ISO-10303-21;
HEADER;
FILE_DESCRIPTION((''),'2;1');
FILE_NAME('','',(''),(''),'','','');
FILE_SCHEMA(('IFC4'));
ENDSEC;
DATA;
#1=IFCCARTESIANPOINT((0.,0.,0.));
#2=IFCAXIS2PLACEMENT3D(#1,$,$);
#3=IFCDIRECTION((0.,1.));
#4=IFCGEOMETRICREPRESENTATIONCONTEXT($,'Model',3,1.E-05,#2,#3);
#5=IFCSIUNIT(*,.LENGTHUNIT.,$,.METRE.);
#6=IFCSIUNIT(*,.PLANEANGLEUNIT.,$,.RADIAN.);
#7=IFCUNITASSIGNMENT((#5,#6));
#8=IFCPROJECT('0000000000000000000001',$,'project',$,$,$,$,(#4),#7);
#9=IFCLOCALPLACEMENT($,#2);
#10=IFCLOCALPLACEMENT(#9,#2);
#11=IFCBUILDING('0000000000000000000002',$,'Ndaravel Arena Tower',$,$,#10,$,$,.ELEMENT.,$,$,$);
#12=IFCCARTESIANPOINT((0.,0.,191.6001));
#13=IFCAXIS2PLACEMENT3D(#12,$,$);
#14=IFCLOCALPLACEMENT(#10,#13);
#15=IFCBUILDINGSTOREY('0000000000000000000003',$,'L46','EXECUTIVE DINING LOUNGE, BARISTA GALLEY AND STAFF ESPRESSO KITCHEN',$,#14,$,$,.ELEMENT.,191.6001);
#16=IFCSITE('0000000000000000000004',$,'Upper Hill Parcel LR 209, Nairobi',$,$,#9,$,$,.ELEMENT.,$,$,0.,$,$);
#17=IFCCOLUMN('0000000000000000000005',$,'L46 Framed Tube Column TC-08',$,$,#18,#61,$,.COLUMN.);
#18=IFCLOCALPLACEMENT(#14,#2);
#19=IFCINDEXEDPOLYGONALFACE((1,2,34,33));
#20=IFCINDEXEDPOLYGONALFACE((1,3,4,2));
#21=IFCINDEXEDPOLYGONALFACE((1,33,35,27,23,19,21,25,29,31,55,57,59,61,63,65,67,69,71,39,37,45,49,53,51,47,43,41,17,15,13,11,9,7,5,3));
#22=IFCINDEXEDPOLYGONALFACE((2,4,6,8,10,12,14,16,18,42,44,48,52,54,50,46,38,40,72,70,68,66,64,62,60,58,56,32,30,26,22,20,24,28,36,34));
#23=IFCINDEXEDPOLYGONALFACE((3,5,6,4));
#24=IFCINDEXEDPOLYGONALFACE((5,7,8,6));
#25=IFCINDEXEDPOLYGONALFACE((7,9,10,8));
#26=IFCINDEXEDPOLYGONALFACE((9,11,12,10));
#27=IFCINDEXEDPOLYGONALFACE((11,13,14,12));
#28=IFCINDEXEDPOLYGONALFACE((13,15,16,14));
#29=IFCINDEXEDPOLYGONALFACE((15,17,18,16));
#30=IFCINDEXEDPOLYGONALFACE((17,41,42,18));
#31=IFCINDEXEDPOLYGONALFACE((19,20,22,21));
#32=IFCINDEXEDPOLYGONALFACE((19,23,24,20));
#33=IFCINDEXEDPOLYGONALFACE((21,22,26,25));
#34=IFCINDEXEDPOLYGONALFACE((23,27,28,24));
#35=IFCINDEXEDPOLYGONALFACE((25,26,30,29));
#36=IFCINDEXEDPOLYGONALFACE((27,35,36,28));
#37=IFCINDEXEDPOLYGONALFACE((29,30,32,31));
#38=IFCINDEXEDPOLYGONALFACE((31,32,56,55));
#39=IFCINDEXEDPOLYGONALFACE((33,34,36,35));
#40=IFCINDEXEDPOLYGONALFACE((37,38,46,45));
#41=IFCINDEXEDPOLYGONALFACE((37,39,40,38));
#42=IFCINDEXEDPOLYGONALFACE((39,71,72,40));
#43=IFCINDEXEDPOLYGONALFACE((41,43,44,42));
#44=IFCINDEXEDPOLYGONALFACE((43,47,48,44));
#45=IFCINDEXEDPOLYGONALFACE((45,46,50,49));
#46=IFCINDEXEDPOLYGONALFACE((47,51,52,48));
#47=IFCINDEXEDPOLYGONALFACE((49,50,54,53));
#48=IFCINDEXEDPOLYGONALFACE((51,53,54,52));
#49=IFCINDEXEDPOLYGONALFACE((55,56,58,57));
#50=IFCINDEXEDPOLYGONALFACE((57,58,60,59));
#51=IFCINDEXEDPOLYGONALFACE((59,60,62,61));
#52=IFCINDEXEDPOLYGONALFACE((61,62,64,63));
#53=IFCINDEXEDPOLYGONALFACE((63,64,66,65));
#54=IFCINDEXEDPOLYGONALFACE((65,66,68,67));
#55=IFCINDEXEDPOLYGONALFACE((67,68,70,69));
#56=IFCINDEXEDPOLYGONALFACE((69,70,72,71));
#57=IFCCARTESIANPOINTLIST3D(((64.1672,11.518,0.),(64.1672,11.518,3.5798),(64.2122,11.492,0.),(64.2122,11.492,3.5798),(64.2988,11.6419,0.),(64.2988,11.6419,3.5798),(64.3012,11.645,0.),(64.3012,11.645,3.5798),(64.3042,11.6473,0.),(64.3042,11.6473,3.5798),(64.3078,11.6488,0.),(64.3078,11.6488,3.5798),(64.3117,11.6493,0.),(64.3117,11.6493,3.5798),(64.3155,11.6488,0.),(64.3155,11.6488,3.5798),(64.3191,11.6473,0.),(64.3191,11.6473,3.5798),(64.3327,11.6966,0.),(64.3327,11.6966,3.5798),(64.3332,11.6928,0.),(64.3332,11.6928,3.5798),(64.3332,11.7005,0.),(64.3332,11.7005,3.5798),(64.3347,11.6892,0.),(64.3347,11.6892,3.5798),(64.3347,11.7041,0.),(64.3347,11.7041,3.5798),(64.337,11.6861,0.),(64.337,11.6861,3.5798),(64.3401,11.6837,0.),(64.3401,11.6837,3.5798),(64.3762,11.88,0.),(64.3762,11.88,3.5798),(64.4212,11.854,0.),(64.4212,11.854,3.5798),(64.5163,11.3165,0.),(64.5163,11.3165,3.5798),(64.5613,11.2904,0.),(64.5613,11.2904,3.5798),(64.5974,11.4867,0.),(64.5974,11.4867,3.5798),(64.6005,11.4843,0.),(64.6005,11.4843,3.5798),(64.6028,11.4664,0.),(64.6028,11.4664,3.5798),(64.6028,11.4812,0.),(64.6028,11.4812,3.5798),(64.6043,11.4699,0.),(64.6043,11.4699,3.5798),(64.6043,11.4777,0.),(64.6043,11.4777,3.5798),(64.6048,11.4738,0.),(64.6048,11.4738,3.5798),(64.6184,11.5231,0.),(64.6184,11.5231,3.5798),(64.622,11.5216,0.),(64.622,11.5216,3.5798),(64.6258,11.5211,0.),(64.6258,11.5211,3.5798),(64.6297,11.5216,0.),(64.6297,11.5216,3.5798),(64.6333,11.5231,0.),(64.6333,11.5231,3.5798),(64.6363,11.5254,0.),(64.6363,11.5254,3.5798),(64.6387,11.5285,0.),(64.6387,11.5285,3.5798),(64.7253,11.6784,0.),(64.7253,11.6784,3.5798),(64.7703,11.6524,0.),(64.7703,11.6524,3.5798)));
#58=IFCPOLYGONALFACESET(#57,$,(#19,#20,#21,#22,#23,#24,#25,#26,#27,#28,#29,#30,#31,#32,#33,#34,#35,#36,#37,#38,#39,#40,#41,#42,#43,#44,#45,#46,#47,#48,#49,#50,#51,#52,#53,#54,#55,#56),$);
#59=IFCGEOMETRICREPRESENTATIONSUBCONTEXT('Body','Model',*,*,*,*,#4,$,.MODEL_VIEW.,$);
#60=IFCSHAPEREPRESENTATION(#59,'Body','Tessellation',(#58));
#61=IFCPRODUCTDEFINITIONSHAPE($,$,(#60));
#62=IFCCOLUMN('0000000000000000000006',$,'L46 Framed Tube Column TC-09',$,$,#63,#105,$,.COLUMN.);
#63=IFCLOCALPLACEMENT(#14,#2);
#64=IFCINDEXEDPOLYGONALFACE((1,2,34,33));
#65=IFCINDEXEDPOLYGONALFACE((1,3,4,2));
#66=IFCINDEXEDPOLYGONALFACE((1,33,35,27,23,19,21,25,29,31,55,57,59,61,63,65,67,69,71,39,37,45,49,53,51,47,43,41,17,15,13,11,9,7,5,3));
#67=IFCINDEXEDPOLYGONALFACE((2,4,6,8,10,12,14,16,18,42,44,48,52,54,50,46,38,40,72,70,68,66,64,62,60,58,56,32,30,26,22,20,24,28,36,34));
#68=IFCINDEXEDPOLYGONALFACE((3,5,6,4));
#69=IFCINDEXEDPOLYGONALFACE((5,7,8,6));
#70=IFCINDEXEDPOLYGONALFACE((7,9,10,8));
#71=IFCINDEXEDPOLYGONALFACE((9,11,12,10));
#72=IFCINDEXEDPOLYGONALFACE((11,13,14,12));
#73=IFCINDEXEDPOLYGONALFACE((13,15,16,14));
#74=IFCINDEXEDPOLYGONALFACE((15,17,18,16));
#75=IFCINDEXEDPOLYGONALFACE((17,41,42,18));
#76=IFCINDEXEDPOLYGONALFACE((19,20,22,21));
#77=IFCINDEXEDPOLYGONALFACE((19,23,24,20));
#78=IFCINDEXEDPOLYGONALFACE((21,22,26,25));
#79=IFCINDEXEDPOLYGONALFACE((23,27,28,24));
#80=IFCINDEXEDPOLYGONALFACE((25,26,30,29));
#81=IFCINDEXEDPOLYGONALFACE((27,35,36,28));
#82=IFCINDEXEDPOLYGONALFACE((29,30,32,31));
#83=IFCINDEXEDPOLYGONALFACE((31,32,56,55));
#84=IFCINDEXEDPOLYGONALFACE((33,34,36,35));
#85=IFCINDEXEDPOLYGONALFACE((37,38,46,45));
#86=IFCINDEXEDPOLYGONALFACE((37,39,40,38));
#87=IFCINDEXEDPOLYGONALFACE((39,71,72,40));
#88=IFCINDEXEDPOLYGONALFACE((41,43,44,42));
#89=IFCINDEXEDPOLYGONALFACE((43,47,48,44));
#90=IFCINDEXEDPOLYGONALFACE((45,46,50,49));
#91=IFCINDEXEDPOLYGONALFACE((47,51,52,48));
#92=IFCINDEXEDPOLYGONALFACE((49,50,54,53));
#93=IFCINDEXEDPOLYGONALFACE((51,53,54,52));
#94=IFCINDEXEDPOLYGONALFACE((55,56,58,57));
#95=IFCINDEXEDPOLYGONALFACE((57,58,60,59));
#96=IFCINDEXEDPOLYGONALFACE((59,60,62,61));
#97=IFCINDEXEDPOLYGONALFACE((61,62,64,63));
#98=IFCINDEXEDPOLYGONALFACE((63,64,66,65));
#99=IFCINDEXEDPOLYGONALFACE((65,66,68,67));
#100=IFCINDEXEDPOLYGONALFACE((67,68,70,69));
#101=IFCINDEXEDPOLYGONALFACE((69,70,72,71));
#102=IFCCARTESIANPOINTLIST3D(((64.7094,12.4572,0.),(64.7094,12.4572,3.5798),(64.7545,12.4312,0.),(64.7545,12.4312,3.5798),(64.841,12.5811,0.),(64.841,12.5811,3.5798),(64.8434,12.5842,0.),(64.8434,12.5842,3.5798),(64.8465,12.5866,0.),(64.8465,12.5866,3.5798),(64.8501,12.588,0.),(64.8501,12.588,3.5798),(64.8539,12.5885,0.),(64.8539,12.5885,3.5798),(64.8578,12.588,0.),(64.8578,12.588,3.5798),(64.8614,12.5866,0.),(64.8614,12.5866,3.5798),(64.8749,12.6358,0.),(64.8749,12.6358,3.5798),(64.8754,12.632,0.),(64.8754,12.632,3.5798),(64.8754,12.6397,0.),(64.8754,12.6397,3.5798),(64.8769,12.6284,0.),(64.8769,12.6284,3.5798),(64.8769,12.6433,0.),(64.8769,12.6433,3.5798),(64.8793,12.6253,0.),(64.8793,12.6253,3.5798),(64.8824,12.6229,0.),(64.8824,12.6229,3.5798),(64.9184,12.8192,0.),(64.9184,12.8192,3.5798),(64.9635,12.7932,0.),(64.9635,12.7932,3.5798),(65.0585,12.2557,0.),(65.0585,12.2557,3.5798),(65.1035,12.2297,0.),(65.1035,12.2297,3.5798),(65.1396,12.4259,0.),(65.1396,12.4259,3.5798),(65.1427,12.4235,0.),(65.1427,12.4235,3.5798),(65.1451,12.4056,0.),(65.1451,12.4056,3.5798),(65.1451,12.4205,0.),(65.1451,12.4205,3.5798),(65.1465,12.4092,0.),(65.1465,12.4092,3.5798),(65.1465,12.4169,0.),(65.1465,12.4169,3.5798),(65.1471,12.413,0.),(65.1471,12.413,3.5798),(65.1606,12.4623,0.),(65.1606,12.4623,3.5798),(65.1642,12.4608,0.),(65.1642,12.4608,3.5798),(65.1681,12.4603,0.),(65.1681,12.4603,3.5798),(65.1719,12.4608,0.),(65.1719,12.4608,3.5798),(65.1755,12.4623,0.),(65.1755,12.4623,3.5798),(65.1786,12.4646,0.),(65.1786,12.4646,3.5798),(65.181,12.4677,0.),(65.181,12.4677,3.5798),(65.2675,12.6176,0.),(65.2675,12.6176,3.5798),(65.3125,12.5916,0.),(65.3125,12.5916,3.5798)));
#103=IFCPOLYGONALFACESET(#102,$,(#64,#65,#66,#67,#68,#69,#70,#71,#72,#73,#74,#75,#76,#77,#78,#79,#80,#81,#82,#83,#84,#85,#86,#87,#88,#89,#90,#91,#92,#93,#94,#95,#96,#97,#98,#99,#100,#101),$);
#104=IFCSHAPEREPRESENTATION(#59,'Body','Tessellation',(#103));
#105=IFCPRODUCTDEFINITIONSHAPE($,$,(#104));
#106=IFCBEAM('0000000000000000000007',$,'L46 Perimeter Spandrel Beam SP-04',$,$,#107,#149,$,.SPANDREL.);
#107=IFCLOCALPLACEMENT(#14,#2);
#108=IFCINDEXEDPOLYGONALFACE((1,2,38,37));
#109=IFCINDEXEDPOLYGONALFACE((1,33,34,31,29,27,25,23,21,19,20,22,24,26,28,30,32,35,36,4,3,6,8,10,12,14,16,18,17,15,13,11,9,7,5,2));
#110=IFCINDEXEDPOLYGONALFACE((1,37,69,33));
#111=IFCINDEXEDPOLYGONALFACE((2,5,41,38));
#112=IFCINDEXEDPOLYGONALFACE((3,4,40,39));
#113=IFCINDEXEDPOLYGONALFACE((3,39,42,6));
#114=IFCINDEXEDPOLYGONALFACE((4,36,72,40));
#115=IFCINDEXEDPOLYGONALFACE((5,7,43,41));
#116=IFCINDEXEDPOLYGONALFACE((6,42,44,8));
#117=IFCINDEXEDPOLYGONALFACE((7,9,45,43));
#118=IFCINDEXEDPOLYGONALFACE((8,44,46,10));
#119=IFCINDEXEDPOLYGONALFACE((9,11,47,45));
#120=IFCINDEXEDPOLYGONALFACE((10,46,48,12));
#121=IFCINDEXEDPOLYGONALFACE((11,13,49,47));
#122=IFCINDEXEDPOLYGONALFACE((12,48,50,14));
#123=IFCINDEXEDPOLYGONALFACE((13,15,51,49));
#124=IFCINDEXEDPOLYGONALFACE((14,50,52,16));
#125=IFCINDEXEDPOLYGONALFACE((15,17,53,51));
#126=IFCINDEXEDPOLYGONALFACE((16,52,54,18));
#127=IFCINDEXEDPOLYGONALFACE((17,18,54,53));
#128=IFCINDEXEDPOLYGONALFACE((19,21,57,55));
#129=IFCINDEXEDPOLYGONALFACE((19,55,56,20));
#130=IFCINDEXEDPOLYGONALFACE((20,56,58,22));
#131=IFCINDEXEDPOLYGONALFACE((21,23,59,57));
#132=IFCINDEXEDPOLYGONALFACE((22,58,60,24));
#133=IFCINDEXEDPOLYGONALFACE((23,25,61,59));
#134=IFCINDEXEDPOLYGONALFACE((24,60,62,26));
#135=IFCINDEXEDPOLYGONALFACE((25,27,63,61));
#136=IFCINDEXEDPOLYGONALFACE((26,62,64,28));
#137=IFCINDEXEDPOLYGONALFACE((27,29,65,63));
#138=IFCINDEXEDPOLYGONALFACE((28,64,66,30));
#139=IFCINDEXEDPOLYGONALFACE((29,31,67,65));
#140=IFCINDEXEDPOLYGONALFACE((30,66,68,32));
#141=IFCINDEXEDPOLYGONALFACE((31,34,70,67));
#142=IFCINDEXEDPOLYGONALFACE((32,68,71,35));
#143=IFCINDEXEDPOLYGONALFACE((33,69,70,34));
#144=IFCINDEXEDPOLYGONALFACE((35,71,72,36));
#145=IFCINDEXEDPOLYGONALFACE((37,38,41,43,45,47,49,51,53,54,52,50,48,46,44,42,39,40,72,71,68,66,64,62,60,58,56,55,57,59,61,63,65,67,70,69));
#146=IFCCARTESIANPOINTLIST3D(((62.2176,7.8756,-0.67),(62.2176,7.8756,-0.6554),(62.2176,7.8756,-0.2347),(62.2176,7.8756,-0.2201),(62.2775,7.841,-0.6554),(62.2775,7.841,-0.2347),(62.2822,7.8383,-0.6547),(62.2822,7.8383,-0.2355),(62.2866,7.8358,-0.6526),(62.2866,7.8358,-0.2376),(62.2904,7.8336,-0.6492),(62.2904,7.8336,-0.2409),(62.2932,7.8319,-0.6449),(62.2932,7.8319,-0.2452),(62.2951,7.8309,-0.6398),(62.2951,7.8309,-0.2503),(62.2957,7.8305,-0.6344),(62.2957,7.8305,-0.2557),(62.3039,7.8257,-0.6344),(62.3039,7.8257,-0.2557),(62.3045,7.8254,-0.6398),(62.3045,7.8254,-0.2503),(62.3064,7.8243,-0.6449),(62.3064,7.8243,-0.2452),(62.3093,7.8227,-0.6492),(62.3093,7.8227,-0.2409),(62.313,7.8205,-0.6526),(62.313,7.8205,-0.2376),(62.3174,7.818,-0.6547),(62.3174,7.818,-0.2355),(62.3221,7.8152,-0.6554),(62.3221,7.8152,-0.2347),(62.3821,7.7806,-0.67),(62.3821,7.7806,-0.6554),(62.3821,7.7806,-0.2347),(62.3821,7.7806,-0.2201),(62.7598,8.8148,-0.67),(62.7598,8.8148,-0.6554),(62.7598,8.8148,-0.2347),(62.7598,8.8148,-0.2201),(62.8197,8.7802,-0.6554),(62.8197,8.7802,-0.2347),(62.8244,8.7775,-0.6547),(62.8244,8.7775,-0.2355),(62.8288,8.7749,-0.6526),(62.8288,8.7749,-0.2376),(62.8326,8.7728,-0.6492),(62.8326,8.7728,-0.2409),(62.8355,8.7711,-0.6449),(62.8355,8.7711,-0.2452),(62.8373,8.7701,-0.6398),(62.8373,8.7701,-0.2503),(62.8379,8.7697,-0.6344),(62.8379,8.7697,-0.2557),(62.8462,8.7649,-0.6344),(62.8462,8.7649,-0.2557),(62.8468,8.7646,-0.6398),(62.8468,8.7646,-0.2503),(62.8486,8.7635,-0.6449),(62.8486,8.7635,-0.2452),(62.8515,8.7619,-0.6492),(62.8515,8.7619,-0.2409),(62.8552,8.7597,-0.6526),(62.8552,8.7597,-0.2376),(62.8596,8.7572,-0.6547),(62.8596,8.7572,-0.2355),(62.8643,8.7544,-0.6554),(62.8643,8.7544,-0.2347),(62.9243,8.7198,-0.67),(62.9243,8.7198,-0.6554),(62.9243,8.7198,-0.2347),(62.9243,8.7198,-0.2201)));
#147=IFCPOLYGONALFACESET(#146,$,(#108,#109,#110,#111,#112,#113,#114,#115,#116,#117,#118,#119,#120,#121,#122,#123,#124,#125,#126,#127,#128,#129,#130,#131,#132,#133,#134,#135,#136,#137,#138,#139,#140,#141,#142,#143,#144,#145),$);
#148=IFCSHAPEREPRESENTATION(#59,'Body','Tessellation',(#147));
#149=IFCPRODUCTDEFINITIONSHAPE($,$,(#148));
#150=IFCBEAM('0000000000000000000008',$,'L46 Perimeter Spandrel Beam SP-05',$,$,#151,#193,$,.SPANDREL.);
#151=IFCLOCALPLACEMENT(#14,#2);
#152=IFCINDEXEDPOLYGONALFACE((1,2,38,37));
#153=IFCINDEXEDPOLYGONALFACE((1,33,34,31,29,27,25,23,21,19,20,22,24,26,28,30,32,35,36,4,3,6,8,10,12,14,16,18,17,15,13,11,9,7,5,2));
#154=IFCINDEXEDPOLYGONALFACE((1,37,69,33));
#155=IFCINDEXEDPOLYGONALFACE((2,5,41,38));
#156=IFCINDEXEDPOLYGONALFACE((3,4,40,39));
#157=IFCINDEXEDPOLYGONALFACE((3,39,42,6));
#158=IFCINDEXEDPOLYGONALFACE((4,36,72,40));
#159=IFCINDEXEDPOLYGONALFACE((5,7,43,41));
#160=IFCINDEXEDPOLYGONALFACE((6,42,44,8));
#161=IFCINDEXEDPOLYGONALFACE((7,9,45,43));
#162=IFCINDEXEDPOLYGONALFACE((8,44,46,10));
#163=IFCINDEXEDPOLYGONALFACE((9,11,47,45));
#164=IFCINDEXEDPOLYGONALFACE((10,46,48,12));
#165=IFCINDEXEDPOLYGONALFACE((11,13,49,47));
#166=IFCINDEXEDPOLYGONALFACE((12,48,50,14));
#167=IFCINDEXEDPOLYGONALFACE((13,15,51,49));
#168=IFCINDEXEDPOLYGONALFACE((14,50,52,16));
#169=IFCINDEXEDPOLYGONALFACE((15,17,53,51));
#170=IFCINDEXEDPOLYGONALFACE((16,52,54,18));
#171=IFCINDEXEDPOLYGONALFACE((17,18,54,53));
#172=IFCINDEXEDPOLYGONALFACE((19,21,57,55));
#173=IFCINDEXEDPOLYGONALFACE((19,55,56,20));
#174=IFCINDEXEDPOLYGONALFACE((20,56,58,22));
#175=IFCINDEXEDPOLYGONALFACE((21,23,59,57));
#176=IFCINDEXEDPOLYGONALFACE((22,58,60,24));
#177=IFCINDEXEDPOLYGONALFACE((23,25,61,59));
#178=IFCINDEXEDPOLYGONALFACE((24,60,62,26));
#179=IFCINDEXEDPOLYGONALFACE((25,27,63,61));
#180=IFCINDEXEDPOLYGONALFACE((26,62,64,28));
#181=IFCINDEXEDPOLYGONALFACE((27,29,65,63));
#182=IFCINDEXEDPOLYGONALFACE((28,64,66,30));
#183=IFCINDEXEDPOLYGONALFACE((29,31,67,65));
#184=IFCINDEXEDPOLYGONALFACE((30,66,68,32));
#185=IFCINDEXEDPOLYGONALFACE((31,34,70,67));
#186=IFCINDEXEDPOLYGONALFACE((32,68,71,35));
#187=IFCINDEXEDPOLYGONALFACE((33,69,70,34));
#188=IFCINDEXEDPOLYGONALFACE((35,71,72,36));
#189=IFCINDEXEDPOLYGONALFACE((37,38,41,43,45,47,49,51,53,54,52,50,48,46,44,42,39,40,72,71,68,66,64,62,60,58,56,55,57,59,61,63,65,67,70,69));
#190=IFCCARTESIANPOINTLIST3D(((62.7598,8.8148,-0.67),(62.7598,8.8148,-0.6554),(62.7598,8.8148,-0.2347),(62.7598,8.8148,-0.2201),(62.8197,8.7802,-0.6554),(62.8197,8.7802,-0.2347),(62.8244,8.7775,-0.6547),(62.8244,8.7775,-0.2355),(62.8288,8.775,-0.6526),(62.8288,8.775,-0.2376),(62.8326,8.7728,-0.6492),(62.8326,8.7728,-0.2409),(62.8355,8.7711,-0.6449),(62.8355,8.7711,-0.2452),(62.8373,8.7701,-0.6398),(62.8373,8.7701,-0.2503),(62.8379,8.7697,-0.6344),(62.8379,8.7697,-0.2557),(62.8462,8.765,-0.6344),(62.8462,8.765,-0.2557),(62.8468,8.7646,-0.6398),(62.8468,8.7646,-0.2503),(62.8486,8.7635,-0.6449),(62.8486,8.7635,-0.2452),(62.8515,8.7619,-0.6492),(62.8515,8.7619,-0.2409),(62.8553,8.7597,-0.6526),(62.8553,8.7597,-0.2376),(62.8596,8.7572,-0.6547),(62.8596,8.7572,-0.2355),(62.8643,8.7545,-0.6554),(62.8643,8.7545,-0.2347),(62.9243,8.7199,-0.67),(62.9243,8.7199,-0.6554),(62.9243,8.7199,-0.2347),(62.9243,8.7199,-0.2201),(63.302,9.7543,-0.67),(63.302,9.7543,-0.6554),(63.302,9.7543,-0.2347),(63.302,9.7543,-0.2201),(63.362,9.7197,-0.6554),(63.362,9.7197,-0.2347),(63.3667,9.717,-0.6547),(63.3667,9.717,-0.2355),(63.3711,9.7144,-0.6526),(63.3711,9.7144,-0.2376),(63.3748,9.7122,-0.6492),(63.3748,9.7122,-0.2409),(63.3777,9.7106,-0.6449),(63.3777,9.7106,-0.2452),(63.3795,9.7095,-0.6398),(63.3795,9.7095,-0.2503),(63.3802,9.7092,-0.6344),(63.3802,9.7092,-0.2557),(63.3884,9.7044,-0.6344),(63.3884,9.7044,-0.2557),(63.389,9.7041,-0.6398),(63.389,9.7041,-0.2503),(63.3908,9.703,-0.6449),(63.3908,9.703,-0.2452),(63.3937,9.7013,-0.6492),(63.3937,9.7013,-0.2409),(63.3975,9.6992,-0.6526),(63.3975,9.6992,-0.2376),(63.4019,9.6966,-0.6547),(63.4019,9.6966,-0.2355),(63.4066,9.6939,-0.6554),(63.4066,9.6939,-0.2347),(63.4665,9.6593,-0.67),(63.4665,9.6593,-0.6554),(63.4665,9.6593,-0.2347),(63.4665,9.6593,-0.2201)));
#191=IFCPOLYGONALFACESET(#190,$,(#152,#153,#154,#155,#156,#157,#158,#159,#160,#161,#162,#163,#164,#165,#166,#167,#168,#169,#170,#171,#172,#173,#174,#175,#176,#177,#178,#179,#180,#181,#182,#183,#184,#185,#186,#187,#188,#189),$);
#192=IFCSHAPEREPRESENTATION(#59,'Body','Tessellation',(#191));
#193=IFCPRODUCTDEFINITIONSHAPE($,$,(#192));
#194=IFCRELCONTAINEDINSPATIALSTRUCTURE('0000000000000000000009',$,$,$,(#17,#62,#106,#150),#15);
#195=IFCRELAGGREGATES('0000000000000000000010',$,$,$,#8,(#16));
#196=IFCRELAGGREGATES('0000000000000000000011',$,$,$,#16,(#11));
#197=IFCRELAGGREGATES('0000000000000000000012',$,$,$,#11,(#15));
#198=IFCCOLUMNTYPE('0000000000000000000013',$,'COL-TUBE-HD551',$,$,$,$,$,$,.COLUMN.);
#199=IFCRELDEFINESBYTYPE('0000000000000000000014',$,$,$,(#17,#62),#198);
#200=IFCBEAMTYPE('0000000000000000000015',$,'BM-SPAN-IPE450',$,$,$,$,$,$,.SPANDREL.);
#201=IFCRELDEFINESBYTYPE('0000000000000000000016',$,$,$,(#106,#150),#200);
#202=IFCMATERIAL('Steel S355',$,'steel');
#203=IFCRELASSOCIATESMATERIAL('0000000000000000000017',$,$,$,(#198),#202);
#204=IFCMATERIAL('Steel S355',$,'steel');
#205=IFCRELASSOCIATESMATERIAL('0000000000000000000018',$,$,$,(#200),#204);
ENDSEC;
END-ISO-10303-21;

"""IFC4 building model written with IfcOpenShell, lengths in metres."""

from ifc_helpers import new_model, si_unit, direction, frame, origin, origin_2d, place, context, subcontext, project, spatial, i_section, extrude, material, material_profile, profile_set, type_object, element, save


model = new_model("IFC4")

# Units and contexts
model_context = context("Model", 3, precision=1e-05, world=origin(), true_north=direction((0.0, 1.0)))
body_context = subcontext(model_context, "Body", "Model", "MODEL_VIEW")
ifc_project = project(units=[si_unit("LENGTHUNIT", "METRE"), si_unit("PLANEANGLEUNIT", "RADIAN")], contexts=[model_context])

# Site, building, storey
site_placement = place(None, origin())
site = spatial("IfcSite", under=ifc_project, at=site_placement, Name="Upper Hill Parcel LR 209, Nairobi", CompositionType="ELEMENT", RefElevation=0.0)
building_placement = place(site_placement, origin())
building = spatial("IfcBuilding", under=site, at=building_placement, Name="Ndaravel Arena Tower", CompositionType="ELEMENT")
storey_placement = place(building_placement, frame((0.0, 0.0, 191.6001)))
storey = spatial("IfcBuildingStorey", under=building, at=storey_placement, Name="L46", Description="EXECUTIVE DINING LOUNGE, BARISTA GALLEY AND STAFF ESPRESSO KITCHEN", CompositionType="ELEMENT", Elevation=191.6001)

# Columns
ifc_material_1 = material(Name="Steel S355", Category="steel")
ifc_material_profile_1 = material_profile(ifc_material_1, i_section(OverallWidth=0.418, OverallDepth=0.4551, WebThickness=0.042, FlangeThickness=0.052, FilletRadius=0.0149, at=origin_2d()), Name="HD 400x551")
ifc_profile_set_1 = profile_set([ifc_material_profile_1], Name="Steel S355")
column_type = type_object("IfcColumnType", Name="COL-TUBE-HD551", PredefinedType="COLUMN", material=ifc_profile_set_1)
for number, where, z_axis, x_axis, name in (
    (1, (64.4688, 11.5852, 0.0), (0.0, 0.0, 1.0), (0.5, 0.866025, 0.0), "L46 Framed Tube Column TC-08"),
    (2, (65.011, 12.5244, 0.0), (0.0, 0.0, 1.0), (0.5, 0.866025, 0.0), "L46 Framed Tube Column TC-09"),
):
    element("IfcColumn", number, at=place(storey_placement, frame(where, z_axis=z_axis, x_axis=x_axis)), inside=storey, type_object=column_type, Name=name, PredefinedType="COLUMN", context=body_context, shape_type="SweptSolid", body=[
        extrude(i_section(OverallWidth=0.418, OverallDepth=0.4551, WebThickness=0.042, FlangeThickness=0.052, FilletRadius=0.0149, at=origin_2d()), origin(), (0.0, 0.0, 1.0), 3.5798),
    ])

# Beams
ifc_material_2 = material(Name="Steel S355", Category="steel")
ifc_material_profile_2 = material_profile(ifc_material_2, i_section(OverallWidth=0.1899, OverallDepth=0.45, WebThickness=0.0095, FlangeThickness=0.0146, FilletRadius=0.021, at=origin_2d()), Name="IPE 450")
ifc_profile_set_2 = profile_set([ifc_material_profile_2], Name="Steel S355")
beam_type = type_object("IfcBeamType", Name="BM-SPAN-IPE450", PredefinedType="SPANDREL", material=ifc_profile_set_2)
beam_1_placement = place(storey_placement, frame((62.2998, 7.8281, -0.4451), z_axis=(0.499989, 0.866032, 0.0), x_axis=(-0.866032, 0.499989, 0.0)))
element("IfcBeam", 3, at=beam_1_placement, inside=storey, type_object=beam_type, Name="L46 Perimeter Spandrel Beam SP-04", PredefinedType="SPANDREL", context=body_context, shape_type="SweptSolid", body=[
    extrude(i_section(OverallWidth=0.1899, OverallDepth=0.45, WebThickness=0.0095, FlangeThickness=0.0146, FilletRadius=0.021, at=origin_2d()), origin(), (0.0, 0.0, 1.0), 1.0845),
])
beam_2_placement = place(storey_placement, frame((62.842, 8.7673, -0.4451), z_axis=(0.499891, 0.866088, 0.0), x_axis=(-0.866088, 0.499891, 0.0)))
element("IfcBeam", 4, at=beam_2_placement, inside=storey, type_object=beam_type, Name="L46 Perimeter Spandrel Beam SP-05", PredefinedType="SPANDREL", context=body_context, shape_type="SweptSolid", body=[
    extrude(i_section(OverallWidth=0.1899, OverallDepth=0.45, WebThickness=0.0095, FlangeThickness=0.0146, FilletRadius=0.021, at=origin_2d()), origin(), (0.0, 0.0, 1.0), 1.0847),
])

save(model, "model.ifc")
